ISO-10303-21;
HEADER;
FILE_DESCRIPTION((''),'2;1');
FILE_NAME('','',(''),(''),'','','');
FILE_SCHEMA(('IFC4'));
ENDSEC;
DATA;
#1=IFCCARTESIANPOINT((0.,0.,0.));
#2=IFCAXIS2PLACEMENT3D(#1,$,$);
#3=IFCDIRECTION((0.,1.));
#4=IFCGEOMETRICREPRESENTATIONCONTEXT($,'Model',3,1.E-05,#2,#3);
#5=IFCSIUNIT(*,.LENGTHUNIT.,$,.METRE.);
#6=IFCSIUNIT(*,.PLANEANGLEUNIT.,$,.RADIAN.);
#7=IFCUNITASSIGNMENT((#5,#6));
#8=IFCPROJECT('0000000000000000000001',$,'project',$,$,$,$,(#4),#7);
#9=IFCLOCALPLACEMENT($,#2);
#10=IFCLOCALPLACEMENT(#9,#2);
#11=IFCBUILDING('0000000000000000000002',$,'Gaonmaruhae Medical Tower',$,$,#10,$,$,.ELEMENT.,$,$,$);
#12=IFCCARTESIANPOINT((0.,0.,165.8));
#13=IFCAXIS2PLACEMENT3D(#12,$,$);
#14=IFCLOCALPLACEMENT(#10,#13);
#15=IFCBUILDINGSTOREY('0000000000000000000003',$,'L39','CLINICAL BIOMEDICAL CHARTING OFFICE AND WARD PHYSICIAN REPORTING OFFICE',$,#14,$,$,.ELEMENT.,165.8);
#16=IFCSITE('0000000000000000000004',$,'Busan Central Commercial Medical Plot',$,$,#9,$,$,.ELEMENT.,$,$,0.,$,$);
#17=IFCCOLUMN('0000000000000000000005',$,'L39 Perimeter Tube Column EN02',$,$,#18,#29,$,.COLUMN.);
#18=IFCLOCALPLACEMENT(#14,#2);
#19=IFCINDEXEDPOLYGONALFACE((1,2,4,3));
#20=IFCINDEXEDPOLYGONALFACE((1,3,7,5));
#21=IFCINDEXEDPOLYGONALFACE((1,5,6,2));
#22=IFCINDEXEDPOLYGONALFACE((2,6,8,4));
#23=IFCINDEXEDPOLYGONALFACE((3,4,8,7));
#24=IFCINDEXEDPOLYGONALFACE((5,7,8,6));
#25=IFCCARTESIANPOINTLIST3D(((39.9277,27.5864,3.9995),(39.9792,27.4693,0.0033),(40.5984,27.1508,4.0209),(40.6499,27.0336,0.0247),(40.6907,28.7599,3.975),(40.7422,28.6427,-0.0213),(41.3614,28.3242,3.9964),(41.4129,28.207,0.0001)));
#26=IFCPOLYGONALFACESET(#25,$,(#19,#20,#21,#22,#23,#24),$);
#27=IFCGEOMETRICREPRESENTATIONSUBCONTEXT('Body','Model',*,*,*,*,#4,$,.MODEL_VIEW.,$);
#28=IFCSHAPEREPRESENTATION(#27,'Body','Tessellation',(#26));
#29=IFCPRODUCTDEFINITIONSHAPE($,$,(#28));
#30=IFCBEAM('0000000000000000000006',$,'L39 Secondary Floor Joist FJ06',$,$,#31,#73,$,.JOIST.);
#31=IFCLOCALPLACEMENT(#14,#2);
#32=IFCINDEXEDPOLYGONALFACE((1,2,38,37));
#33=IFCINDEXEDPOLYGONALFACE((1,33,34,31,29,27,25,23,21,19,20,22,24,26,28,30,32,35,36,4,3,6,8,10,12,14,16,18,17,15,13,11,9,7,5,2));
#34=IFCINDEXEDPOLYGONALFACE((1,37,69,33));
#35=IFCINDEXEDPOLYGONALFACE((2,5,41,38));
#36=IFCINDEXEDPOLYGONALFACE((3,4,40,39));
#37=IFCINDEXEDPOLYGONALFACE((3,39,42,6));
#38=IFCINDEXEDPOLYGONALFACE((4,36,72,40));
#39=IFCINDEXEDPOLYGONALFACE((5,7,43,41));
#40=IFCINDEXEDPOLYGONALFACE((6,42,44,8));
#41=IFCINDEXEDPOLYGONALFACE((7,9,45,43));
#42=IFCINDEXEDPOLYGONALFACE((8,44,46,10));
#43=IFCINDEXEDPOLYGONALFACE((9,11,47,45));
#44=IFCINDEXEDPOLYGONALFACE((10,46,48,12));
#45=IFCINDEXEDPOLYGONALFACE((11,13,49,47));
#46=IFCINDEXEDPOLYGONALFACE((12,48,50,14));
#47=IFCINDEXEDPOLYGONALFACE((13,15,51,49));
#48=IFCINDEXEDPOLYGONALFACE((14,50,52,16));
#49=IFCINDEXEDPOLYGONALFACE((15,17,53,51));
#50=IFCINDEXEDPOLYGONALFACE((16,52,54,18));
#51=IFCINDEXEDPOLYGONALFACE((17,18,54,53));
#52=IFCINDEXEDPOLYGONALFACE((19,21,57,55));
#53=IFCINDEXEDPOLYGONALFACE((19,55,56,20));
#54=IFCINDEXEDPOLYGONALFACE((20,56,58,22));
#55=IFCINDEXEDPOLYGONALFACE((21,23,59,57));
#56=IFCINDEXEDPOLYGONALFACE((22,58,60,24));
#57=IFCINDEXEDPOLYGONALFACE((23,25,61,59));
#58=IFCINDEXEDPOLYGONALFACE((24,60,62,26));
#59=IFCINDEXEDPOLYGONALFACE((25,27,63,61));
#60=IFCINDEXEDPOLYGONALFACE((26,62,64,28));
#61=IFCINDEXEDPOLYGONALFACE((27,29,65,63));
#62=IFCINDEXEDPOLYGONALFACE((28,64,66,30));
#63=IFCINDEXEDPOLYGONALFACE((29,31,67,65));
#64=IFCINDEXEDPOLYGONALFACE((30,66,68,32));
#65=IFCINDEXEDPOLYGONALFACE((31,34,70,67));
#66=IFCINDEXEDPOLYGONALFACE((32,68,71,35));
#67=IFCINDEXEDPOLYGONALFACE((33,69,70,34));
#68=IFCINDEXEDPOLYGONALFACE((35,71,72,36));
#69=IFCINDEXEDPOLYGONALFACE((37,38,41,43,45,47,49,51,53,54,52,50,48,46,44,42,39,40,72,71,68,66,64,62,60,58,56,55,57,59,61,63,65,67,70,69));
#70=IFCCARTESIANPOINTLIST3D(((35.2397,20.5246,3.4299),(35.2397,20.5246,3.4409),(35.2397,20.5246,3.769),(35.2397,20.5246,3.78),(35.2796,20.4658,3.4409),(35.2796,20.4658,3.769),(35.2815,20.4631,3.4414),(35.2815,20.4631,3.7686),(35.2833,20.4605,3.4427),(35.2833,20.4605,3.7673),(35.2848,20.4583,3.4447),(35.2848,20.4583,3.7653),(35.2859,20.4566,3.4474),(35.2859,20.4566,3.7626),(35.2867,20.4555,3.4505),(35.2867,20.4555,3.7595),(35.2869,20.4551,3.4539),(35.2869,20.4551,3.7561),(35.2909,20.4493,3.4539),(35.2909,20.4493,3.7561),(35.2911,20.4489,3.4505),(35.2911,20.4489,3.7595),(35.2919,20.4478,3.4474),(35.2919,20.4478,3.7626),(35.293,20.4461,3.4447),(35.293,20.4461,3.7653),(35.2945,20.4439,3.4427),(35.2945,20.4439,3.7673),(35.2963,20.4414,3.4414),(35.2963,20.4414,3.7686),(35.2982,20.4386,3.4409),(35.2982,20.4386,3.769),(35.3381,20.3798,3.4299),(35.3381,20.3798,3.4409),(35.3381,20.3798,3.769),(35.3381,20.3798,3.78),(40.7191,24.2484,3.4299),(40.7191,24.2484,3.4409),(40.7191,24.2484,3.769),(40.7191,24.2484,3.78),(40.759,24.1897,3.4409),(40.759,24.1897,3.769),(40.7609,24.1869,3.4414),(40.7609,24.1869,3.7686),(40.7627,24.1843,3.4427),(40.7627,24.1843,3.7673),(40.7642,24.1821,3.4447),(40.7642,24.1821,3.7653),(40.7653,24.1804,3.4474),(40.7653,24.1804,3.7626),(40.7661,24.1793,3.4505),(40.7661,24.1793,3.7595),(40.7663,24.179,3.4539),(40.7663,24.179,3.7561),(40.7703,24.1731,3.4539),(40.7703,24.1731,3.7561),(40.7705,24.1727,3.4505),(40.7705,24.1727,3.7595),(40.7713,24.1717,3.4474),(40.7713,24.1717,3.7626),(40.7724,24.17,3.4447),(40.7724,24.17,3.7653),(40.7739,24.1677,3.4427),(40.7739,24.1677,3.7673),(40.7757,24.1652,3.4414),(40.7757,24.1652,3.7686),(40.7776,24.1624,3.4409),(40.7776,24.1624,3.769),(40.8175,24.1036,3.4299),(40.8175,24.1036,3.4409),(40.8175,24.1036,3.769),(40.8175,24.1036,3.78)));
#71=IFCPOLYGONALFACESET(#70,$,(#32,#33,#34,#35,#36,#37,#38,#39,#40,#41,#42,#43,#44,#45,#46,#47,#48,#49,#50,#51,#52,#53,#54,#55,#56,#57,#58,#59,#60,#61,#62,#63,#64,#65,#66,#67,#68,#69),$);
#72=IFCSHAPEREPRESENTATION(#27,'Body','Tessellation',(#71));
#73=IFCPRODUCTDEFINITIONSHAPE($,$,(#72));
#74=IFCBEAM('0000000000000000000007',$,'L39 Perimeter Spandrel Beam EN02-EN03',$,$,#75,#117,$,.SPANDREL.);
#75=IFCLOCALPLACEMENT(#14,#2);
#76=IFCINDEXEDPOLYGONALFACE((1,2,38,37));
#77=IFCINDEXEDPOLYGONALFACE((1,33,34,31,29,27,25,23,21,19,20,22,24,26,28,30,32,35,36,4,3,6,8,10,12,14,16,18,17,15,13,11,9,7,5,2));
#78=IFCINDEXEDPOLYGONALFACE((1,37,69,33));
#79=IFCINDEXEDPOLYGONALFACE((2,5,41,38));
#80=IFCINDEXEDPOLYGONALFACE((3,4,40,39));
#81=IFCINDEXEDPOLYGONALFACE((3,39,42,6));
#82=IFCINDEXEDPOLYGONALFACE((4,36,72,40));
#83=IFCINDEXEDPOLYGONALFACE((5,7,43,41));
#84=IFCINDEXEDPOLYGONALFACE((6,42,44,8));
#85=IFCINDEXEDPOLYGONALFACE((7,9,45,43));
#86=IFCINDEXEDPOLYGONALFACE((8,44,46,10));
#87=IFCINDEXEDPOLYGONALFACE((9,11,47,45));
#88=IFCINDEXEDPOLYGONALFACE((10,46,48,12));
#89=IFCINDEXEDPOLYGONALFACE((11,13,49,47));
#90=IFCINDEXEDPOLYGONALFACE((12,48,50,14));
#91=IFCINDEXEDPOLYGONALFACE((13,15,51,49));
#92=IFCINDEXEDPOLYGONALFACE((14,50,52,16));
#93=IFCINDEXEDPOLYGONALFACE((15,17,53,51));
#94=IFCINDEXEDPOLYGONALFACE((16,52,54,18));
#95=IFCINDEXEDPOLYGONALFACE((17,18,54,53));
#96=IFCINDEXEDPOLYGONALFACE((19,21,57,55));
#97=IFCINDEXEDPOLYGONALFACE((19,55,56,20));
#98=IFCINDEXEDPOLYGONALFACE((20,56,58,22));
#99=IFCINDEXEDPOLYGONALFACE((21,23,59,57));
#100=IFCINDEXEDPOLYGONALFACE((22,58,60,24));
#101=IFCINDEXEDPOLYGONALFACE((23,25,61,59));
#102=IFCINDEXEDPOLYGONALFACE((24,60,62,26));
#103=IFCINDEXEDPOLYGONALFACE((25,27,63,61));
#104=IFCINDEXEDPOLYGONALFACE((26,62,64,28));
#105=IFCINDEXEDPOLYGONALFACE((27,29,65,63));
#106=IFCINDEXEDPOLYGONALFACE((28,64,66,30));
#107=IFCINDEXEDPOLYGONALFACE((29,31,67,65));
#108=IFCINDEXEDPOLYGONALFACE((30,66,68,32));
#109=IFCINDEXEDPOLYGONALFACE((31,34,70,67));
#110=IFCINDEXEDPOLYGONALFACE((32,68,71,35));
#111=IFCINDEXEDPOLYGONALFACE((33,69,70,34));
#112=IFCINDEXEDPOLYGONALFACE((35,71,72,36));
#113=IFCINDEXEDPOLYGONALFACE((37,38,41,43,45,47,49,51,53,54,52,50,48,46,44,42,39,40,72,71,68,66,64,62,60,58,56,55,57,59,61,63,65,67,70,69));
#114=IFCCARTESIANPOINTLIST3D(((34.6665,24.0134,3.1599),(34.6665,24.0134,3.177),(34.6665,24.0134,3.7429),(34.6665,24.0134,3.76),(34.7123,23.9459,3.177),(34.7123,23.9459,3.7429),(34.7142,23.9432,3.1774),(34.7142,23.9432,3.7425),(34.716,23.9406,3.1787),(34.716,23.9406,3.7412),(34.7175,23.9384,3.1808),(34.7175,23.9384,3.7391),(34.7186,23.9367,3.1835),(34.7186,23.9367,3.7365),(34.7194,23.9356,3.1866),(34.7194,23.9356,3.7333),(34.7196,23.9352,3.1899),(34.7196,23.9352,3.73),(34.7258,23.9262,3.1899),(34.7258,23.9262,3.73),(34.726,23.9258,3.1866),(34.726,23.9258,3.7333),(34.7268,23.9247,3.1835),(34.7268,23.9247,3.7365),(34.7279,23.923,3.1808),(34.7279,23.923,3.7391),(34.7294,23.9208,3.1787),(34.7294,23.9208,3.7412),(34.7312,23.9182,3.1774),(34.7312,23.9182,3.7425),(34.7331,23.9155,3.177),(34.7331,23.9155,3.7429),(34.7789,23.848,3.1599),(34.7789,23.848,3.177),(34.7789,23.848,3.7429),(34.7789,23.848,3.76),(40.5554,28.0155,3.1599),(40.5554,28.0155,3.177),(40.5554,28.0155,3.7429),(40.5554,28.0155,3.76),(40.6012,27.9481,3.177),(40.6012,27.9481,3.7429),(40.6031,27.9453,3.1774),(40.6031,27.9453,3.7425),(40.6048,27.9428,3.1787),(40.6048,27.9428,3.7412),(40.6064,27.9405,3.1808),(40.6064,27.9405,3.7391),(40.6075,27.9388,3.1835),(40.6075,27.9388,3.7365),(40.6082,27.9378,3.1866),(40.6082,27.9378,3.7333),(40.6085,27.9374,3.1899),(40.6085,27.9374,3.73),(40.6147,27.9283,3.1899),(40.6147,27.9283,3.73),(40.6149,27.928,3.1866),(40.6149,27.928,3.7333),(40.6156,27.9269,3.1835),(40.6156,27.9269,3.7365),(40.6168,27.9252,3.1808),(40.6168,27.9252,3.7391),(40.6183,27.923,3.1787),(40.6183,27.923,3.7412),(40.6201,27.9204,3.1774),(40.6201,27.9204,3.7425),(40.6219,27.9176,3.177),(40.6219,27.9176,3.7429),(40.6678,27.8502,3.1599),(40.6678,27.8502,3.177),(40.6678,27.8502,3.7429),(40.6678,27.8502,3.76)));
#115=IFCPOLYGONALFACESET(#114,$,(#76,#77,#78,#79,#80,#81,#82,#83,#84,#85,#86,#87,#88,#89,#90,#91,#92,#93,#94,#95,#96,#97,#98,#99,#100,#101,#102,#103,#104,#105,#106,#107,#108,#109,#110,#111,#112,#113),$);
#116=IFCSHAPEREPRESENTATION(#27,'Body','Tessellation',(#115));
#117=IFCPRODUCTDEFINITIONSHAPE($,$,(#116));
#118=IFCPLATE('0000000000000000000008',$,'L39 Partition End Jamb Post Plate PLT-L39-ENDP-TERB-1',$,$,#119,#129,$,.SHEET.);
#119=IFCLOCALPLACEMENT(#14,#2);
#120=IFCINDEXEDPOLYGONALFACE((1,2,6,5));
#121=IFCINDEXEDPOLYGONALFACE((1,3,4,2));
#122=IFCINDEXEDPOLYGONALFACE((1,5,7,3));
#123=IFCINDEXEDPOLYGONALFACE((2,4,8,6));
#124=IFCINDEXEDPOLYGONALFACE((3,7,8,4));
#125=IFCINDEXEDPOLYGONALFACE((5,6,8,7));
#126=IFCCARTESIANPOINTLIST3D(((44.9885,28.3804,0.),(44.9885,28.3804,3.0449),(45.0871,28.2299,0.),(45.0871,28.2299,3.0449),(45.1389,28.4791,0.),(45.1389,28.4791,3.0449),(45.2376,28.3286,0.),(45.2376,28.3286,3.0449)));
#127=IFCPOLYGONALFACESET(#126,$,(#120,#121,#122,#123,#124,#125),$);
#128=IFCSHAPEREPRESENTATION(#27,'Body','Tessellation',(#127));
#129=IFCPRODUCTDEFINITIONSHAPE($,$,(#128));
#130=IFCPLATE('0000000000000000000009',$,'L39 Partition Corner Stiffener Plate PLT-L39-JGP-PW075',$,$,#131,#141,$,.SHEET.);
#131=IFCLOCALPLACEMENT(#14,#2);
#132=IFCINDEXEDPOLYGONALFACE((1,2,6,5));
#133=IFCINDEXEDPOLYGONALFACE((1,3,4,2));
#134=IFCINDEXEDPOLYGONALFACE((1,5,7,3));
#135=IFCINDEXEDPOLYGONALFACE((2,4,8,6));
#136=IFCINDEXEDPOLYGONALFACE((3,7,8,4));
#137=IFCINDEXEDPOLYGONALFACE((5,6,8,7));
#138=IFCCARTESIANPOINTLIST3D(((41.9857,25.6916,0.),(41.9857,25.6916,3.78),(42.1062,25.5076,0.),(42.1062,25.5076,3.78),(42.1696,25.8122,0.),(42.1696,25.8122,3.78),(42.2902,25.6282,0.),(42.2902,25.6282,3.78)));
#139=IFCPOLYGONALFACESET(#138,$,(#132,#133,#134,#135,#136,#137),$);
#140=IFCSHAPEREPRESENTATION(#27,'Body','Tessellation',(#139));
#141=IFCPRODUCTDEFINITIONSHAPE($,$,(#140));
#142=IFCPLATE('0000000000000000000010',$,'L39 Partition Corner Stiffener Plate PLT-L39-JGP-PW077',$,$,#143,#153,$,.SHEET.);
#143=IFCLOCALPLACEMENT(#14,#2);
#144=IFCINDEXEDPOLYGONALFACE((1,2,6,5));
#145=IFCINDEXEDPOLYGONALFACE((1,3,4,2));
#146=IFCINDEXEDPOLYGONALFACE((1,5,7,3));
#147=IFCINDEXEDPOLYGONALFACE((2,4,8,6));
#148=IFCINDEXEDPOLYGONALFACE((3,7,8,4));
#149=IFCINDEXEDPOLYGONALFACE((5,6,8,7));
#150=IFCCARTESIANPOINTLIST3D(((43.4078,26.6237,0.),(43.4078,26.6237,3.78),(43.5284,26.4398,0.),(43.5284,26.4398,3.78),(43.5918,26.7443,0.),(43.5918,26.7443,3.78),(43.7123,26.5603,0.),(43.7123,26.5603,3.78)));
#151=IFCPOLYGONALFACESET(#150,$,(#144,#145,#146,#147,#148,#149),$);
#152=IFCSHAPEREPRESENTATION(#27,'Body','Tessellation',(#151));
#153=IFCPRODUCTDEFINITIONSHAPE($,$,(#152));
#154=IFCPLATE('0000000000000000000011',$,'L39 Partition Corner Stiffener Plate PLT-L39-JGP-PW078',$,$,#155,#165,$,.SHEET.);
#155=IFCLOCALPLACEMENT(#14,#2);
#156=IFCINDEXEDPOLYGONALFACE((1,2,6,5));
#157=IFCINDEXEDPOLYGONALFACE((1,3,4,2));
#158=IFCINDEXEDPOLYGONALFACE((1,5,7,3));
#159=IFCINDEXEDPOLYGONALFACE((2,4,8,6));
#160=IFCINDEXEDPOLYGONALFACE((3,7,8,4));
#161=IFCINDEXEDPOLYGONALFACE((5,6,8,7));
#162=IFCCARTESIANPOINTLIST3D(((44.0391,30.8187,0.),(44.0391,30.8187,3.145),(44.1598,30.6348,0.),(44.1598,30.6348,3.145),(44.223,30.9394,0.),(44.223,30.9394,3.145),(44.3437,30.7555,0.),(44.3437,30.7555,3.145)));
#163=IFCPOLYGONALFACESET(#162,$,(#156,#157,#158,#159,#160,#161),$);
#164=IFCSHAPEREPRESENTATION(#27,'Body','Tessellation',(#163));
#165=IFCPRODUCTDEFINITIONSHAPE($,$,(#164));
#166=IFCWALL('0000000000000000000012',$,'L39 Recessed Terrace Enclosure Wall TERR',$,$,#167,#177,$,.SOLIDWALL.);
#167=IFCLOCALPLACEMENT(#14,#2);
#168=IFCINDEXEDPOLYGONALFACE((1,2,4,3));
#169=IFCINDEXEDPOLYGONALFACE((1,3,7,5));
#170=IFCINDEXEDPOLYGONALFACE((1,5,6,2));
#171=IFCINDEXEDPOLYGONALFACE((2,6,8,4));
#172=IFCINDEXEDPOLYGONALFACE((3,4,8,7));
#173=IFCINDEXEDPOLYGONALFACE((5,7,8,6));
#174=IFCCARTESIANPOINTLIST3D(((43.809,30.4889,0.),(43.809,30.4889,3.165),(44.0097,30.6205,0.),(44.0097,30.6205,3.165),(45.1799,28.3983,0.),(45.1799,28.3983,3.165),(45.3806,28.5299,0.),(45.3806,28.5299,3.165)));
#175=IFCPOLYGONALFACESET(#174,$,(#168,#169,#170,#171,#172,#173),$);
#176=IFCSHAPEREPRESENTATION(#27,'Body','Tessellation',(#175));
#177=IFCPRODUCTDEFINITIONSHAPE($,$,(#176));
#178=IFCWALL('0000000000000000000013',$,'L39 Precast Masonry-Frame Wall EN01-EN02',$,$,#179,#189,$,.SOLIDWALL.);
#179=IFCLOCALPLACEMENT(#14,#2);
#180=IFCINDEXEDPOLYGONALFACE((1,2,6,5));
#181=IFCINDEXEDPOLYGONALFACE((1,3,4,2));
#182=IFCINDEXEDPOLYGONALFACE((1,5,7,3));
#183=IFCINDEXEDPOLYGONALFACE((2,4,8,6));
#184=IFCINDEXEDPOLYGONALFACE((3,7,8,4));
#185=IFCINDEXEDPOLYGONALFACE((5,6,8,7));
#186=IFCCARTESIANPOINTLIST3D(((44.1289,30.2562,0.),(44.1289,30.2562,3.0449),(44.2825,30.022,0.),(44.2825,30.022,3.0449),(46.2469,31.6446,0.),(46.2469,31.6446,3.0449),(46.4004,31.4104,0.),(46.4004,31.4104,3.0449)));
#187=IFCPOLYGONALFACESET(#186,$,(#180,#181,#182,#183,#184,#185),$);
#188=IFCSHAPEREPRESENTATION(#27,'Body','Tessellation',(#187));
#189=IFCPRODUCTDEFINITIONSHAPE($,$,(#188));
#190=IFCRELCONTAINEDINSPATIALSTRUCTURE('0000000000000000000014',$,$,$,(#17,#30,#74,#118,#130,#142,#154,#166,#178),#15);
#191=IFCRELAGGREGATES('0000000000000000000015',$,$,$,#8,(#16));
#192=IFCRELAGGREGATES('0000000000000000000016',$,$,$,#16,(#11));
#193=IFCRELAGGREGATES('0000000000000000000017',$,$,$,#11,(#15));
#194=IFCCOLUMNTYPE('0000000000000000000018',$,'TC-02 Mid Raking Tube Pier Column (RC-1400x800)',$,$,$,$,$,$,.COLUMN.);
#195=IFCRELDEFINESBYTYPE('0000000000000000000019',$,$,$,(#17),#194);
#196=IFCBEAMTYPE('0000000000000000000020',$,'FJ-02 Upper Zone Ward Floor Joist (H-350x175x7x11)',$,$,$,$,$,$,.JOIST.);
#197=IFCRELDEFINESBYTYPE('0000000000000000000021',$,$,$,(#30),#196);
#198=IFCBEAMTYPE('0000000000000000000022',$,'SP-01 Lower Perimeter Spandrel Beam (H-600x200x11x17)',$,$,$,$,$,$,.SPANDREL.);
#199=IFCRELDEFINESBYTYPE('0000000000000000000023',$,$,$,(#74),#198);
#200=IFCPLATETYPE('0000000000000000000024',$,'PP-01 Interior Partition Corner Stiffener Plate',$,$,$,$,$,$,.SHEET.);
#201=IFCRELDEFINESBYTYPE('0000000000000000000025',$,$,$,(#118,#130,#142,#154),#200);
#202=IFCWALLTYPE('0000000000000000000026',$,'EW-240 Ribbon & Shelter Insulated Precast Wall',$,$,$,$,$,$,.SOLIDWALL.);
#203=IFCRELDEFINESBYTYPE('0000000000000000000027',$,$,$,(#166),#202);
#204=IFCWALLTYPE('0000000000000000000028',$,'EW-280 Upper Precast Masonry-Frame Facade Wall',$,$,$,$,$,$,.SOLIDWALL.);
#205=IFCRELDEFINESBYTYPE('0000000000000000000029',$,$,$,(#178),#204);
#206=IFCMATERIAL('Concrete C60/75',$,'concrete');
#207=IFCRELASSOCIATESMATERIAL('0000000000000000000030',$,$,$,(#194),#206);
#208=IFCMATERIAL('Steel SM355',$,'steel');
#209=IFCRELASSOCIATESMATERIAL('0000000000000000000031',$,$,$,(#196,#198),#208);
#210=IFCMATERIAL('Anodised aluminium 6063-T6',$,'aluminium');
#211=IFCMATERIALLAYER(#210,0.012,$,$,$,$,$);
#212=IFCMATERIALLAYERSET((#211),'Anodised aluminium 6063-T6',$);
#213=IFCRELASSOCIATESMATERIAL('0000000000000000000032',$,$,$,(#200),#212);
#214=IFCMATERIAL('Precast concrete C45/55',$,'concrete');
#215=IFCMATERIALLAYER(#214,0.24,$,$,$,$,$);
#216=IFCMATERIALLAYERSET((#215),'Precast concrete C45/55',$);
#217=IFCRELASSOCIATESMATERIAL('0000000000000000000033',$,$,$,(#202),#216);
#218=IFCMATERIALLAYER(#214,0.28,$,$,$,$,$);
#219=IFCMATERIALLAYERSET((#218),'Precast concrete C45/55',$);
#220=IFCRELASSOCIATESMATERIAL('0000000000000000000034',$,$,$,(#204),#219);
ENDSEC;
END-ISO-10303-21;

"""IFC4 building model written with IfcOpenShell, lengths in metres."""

from ifc_helpers import new_model, si_unit, direction, frame, frame_2d, origin, origin_2d, place, context, subcontext, project, spatial, rectangle, i_section, extrude, material, layer, layer_set, material_profile, profile_set, type_object, element, save


model = new_model("IFC4")

# Units and contexts
model_context = context("Model", 3, precision=1e-05, world=origin(), true_north=direction((0.0, 1.0)))
body_context = subcontext(model_context, "Body", "Model", "MODEL_VIEW")
ifc_project = project(units=[si_unit("LENGTHUNIT", "METRE"), si_unit("PLANEANGLEUNIT", "RADIAN")], contexts=[model_context])

# Site, building, storey
site_placement = place(None, origin())
site = spatial("IfcSite", under=ifc_project, at=site_placement, Name="Busan Central Commercial Medical Plot", CompositionType="ELEMENT", RefElevation=0.0)
building_placement = place(site_placement, origin())
building = spatial("IfcBuilding", under=site, at=building_placement, Name="Gaonmaruhae Medical Tower", CompositionType="ELEMENT")
storey_placement = place(building_placement, frame((0.0, 0.0, 165.8)))
storey = spatial("IfcBuildingStorey", under=building, at=storey_placement, Name="L39", Description="CLINICAL BIOMEDICAL CHARTING OFFICE AND WARD PHYSICIAN REPORTING OFFICE", CompositionType="ELEMENT", Elevation=165.8)

# Column
ifc_material_1 = material(Name="Concrete C60/75", Category="concrete")
ifc_material_profile_1 = material_profile(ifc_material_1, rectangle(XDim=1.3999, YDim=0.8, at=origin_2d()), Name="RC-1400x800")
ifc_profile_set_1 = profile_set([ifc_material_profile_1], Name="Concrete C60/75")
column_type = type_object("IfcColumnType", Name="TC-02 Mid Raking Tube Pier Column (RC-1400x800)", PredefinedType="COLUMN", material=ifc_profile_set_1)
column_placement = place(storey_placement, frame((40.696, 27.8381, 0.0017), z_axis=(-0.012884, 0.029309, 0.999487), x_axis=(-0.545052, -0.838218, 0.017554)))
element("IfcColumn", 1, at=column_placement, inside=storey, type_object=column_type, Name="L39 Perimeter Tube Column EN02", PredefinedType="COLUMN", context=body_context, shape_type="SweptSolid", body=[
    extrude(rectangle(XDim=1.3999, YDim=0.8, at=origin_2d()), origin(), (0.0, 0.0, 1.0), 3.9983),
])

# Beams
ifc_material_2 = material(Name="Steel SM355", Category="steel")
ifc_material_profile_2 = material_profile(ifc_material_2, i_section(OverallWidth=0.175, OverallDepth=0.3501, WebThickness=0.0071, FlangeThickness=0.011, FilletRadius=0.0129, at=origin_2d()), Name="H-350x175x7x11")
ifc_profile_set_2 = profile_set([ifc_material_profile_2], Name="Steel SM355")
beam_type_1 = type_object("IfcBeamType", Name="FJ-02 Upper Zone Ward Floor Joist (H-350x175x7x11)", PredefinedType="JOIST", material=ifc_profile_set_2)
beam_1_placement = place(storey_placement, frame((40.7683, 24.176, 3.605), z_axis=(-0.827079, -0.562085, 0.0), x_axis=(0.562085, -0.827079, 0.0)))
element("IfcBeam", 2, at=beam_1_placement, inside=storey, type_object=beam_type_1, Name="L39 Secondary Floor Joist FJ06", PredefinedType="JOIST", context=body_context, shape_type="SweptSolid", body=[
    extrude(i_section(OverallWidth=0.175, OverallDepth=0.3501, WebThickness=0.0071, FlangeThickness=0.011, FilletRadius=0.0129, at=origin_2d()), origin(), (0.0, 0.0, 1.0), 6.625),
])
ifc_material_profile_3 = material_profile(ifc_material_2, i_section(OverallWidth=0.2, OverallDepth=0.6001, WebThickness=0.011, FlangeThickness=0.0171, FilletRadius=0.0129, at=origin_2d()), Name="H-600x200x11x17")
ifc_profile_set_3 = profile_set([ifc_material_profile_3], Name="Steel SM355")
beam_type_2 = type_object("IfcBeamType", Name="SP-01 Lower Perimeter Spandrel Beam (H-600x200x11x17)", PredefinedType="SPANDREL", material=ifc_profile_set_3)
beam_2_placement = place(storey_placement, frame((40.6116, 27.9329, 3.46), z_axis=(-0.827074, -0.562092, 0.0), x_axis=(0.562092, -0.827074, 0.0)))
element("IfcBeam", 3, at=beam_2_placement, inside=storey, type_object=beam_type_2, Name="L39 Perimeter Spandrel Beam EN02-EN03", PredefinedType="SPANDREL", context=body_context, shape_type="SweptSolid", body=[
    extrude(i_section(OverallWidth=0.2, OverallDepth=0.6001, WebThickness=0.011, FlangeThickness=0.0171, FilletRadius=0.0129, at=origin_2d()), origin(), (0.0, 0.0, 1.0), 7.1201),
])

# Plates
ifc_material_3 = material(Name="Anodised aluminium 6063-T6", Category="aluminium")
ifc_layer_1 = layer(ifc_material_3, 0.012)
ifc_layer_set_1 = layer_set([ifc_layer_1], Name="Anodised aluminium 6063-T6")
plate_type = type_object("IfcPlateType", Name="PP-01 Interior Partition Corner Stiffener Plate", PredefinedType="SHEET", material=ifc_layer_set_1)
plate_1_placement = place(storey_placement, frame((45.113, 28.3545, 0.0), z_axis=(0.0, 0.0, 1.0), x_axis=(0.836286, 0.548293, 0.0)))
element("IfcPlate", 4, at=plate_1_placement, inside=storey, type_object=plate_type, Name="L39 Partition End Jamb Post Plate PLT-L39-ENDP-TERB-1", PredefinedType="SHEET", context=body_context, shape_type="SweptSolid", body=[
    extrude(rectangle(XDim=0.1799, YDim=0.1799, at=origin_2d()), origin(), (0.0, 0.0, 1.0), 3.0449),
])
for number, where, z_axis, x_axis, name in (
    (5, (42.1379, 25.6599, 0.0), (0.0, 0.0, 1.0), (0.548118, -0.836401, 0.0), "L39 Partition Corner Stiffener Plate PLT-L39-JGP-PW075"),
    (6, (43.5601, 26.592, 0.0), (0.0, 0.0, 1.0), (-0.548118, 0.836401, 0.0), "L39 Partition Corner Stiffener Plate PLT-L39-JGP-PW077"),
):
    element("IfcPlate", number, at=place(storey_placement, frame(where, z_axis=z_axis, x_axis=x_axis)), inside=storey, type_object=plate_type, Name=name, PredefinedType="SHEET", context=body_context, shape_type="SweptSolid", body=[
        extrude(rectangle(XDim=0.22, YDim=0.22, at=origin_2d()), origin(), (0.0, 0.0, 1.0), 3.78),
    ])
plate_2_placement = place(storey_placement, frame((44.1914, 30.7871, 0.0), z_axis=(0.0, 0.0, 1.0), x_axis=(0.835922, 0.548848, 0.0)))
element("IfcPlate", 7, at=plate_2_placement, inside=storey, type_object=plate_type, Name="L39 Partition Corner Stiffener Plate PLT-L39-JGP-PW078", PredefinedType="SHEET", context=body_context, shape_type="SweptSolid", body=[
    extrude(rectangle(XDim=0.22, YDim=0.22, at=origin_2d()), origin(), (0.0, 0.0, 1.0), 3.145),
])

# Shared definitions
ifc_material_4 = material(Name="Precast concrete C45/55", Category="concrete")
ifc_layer_2 = layer(ifc_material_4, 0.24)
ifc_layer_set_2 = layer_set([ifc_layer_2], Name="Precast concrete C45/55")
wall_type_1 = type_object("IfcWallType", Name="EW-240 Ribbon & Shelter Insulated Precast Wall", PredefinedType="SOLIDWALL", material=ifc_layer_set_2)

# Walls
wall_1_placement = place(storey_placement, frame((45.2803, 28.4641, 0.0), z_axis=(0.0, 0.0, 1.0), x_axis=(-0.548351, 0.836248, 0.0)))
element("IfcWall", 8, at=wall_1_placement, inside=storey, type_object=wall_type_1, Name="L39 Recessed Terrace Enclosure Wall TERR", PredefinedType="SOLIDWALL", context=body_context, shape_type="SweptSolid", body=[
    extrude(rectangle(XDim=2.5, YDim=0.24, at=frame_2d((1.25, 0.0))), origin(), (0.0, 0.0, 1.0), 3.165),
])
ifc_layer_3 = layer(ifc_material_4, 0.28)
ifc_layer_set_3 = layer_set([ifc_layer_3], Name="Precast concrete C45/55")
wall_type_2 = type_object("IfcWallType", Name="EW-280 Upper Precast Masonry-Frame Facade Wall", PredefinedType="SOLIDWALL", material=ifc_layer_set_3)
wall_2_placement = place(storey_placement, frame((44.2058, 30.1392, 0.0), z_axis=(0.0, 0.0, 1.0), x_axis=(0.836312, 0.548254, 0.0)))
element("IfcWall", 9, at=wall_2_placement, inside=storey, type_object=wall_type_2, Name="L39 Precast Masonry-Frame Wall EN01-EN02", PredefinedType="SOLIDWALL", context=body_context, shape_type="SweptSolid", body=[
    extrude(rectangle(XDim=2.5325, YDim=0.28, at=frame_2d((1.2661, 0.0))), origin(), (0.0, 0.0, 1.0), 3.0449),
])

save(model, "model.ifc")
